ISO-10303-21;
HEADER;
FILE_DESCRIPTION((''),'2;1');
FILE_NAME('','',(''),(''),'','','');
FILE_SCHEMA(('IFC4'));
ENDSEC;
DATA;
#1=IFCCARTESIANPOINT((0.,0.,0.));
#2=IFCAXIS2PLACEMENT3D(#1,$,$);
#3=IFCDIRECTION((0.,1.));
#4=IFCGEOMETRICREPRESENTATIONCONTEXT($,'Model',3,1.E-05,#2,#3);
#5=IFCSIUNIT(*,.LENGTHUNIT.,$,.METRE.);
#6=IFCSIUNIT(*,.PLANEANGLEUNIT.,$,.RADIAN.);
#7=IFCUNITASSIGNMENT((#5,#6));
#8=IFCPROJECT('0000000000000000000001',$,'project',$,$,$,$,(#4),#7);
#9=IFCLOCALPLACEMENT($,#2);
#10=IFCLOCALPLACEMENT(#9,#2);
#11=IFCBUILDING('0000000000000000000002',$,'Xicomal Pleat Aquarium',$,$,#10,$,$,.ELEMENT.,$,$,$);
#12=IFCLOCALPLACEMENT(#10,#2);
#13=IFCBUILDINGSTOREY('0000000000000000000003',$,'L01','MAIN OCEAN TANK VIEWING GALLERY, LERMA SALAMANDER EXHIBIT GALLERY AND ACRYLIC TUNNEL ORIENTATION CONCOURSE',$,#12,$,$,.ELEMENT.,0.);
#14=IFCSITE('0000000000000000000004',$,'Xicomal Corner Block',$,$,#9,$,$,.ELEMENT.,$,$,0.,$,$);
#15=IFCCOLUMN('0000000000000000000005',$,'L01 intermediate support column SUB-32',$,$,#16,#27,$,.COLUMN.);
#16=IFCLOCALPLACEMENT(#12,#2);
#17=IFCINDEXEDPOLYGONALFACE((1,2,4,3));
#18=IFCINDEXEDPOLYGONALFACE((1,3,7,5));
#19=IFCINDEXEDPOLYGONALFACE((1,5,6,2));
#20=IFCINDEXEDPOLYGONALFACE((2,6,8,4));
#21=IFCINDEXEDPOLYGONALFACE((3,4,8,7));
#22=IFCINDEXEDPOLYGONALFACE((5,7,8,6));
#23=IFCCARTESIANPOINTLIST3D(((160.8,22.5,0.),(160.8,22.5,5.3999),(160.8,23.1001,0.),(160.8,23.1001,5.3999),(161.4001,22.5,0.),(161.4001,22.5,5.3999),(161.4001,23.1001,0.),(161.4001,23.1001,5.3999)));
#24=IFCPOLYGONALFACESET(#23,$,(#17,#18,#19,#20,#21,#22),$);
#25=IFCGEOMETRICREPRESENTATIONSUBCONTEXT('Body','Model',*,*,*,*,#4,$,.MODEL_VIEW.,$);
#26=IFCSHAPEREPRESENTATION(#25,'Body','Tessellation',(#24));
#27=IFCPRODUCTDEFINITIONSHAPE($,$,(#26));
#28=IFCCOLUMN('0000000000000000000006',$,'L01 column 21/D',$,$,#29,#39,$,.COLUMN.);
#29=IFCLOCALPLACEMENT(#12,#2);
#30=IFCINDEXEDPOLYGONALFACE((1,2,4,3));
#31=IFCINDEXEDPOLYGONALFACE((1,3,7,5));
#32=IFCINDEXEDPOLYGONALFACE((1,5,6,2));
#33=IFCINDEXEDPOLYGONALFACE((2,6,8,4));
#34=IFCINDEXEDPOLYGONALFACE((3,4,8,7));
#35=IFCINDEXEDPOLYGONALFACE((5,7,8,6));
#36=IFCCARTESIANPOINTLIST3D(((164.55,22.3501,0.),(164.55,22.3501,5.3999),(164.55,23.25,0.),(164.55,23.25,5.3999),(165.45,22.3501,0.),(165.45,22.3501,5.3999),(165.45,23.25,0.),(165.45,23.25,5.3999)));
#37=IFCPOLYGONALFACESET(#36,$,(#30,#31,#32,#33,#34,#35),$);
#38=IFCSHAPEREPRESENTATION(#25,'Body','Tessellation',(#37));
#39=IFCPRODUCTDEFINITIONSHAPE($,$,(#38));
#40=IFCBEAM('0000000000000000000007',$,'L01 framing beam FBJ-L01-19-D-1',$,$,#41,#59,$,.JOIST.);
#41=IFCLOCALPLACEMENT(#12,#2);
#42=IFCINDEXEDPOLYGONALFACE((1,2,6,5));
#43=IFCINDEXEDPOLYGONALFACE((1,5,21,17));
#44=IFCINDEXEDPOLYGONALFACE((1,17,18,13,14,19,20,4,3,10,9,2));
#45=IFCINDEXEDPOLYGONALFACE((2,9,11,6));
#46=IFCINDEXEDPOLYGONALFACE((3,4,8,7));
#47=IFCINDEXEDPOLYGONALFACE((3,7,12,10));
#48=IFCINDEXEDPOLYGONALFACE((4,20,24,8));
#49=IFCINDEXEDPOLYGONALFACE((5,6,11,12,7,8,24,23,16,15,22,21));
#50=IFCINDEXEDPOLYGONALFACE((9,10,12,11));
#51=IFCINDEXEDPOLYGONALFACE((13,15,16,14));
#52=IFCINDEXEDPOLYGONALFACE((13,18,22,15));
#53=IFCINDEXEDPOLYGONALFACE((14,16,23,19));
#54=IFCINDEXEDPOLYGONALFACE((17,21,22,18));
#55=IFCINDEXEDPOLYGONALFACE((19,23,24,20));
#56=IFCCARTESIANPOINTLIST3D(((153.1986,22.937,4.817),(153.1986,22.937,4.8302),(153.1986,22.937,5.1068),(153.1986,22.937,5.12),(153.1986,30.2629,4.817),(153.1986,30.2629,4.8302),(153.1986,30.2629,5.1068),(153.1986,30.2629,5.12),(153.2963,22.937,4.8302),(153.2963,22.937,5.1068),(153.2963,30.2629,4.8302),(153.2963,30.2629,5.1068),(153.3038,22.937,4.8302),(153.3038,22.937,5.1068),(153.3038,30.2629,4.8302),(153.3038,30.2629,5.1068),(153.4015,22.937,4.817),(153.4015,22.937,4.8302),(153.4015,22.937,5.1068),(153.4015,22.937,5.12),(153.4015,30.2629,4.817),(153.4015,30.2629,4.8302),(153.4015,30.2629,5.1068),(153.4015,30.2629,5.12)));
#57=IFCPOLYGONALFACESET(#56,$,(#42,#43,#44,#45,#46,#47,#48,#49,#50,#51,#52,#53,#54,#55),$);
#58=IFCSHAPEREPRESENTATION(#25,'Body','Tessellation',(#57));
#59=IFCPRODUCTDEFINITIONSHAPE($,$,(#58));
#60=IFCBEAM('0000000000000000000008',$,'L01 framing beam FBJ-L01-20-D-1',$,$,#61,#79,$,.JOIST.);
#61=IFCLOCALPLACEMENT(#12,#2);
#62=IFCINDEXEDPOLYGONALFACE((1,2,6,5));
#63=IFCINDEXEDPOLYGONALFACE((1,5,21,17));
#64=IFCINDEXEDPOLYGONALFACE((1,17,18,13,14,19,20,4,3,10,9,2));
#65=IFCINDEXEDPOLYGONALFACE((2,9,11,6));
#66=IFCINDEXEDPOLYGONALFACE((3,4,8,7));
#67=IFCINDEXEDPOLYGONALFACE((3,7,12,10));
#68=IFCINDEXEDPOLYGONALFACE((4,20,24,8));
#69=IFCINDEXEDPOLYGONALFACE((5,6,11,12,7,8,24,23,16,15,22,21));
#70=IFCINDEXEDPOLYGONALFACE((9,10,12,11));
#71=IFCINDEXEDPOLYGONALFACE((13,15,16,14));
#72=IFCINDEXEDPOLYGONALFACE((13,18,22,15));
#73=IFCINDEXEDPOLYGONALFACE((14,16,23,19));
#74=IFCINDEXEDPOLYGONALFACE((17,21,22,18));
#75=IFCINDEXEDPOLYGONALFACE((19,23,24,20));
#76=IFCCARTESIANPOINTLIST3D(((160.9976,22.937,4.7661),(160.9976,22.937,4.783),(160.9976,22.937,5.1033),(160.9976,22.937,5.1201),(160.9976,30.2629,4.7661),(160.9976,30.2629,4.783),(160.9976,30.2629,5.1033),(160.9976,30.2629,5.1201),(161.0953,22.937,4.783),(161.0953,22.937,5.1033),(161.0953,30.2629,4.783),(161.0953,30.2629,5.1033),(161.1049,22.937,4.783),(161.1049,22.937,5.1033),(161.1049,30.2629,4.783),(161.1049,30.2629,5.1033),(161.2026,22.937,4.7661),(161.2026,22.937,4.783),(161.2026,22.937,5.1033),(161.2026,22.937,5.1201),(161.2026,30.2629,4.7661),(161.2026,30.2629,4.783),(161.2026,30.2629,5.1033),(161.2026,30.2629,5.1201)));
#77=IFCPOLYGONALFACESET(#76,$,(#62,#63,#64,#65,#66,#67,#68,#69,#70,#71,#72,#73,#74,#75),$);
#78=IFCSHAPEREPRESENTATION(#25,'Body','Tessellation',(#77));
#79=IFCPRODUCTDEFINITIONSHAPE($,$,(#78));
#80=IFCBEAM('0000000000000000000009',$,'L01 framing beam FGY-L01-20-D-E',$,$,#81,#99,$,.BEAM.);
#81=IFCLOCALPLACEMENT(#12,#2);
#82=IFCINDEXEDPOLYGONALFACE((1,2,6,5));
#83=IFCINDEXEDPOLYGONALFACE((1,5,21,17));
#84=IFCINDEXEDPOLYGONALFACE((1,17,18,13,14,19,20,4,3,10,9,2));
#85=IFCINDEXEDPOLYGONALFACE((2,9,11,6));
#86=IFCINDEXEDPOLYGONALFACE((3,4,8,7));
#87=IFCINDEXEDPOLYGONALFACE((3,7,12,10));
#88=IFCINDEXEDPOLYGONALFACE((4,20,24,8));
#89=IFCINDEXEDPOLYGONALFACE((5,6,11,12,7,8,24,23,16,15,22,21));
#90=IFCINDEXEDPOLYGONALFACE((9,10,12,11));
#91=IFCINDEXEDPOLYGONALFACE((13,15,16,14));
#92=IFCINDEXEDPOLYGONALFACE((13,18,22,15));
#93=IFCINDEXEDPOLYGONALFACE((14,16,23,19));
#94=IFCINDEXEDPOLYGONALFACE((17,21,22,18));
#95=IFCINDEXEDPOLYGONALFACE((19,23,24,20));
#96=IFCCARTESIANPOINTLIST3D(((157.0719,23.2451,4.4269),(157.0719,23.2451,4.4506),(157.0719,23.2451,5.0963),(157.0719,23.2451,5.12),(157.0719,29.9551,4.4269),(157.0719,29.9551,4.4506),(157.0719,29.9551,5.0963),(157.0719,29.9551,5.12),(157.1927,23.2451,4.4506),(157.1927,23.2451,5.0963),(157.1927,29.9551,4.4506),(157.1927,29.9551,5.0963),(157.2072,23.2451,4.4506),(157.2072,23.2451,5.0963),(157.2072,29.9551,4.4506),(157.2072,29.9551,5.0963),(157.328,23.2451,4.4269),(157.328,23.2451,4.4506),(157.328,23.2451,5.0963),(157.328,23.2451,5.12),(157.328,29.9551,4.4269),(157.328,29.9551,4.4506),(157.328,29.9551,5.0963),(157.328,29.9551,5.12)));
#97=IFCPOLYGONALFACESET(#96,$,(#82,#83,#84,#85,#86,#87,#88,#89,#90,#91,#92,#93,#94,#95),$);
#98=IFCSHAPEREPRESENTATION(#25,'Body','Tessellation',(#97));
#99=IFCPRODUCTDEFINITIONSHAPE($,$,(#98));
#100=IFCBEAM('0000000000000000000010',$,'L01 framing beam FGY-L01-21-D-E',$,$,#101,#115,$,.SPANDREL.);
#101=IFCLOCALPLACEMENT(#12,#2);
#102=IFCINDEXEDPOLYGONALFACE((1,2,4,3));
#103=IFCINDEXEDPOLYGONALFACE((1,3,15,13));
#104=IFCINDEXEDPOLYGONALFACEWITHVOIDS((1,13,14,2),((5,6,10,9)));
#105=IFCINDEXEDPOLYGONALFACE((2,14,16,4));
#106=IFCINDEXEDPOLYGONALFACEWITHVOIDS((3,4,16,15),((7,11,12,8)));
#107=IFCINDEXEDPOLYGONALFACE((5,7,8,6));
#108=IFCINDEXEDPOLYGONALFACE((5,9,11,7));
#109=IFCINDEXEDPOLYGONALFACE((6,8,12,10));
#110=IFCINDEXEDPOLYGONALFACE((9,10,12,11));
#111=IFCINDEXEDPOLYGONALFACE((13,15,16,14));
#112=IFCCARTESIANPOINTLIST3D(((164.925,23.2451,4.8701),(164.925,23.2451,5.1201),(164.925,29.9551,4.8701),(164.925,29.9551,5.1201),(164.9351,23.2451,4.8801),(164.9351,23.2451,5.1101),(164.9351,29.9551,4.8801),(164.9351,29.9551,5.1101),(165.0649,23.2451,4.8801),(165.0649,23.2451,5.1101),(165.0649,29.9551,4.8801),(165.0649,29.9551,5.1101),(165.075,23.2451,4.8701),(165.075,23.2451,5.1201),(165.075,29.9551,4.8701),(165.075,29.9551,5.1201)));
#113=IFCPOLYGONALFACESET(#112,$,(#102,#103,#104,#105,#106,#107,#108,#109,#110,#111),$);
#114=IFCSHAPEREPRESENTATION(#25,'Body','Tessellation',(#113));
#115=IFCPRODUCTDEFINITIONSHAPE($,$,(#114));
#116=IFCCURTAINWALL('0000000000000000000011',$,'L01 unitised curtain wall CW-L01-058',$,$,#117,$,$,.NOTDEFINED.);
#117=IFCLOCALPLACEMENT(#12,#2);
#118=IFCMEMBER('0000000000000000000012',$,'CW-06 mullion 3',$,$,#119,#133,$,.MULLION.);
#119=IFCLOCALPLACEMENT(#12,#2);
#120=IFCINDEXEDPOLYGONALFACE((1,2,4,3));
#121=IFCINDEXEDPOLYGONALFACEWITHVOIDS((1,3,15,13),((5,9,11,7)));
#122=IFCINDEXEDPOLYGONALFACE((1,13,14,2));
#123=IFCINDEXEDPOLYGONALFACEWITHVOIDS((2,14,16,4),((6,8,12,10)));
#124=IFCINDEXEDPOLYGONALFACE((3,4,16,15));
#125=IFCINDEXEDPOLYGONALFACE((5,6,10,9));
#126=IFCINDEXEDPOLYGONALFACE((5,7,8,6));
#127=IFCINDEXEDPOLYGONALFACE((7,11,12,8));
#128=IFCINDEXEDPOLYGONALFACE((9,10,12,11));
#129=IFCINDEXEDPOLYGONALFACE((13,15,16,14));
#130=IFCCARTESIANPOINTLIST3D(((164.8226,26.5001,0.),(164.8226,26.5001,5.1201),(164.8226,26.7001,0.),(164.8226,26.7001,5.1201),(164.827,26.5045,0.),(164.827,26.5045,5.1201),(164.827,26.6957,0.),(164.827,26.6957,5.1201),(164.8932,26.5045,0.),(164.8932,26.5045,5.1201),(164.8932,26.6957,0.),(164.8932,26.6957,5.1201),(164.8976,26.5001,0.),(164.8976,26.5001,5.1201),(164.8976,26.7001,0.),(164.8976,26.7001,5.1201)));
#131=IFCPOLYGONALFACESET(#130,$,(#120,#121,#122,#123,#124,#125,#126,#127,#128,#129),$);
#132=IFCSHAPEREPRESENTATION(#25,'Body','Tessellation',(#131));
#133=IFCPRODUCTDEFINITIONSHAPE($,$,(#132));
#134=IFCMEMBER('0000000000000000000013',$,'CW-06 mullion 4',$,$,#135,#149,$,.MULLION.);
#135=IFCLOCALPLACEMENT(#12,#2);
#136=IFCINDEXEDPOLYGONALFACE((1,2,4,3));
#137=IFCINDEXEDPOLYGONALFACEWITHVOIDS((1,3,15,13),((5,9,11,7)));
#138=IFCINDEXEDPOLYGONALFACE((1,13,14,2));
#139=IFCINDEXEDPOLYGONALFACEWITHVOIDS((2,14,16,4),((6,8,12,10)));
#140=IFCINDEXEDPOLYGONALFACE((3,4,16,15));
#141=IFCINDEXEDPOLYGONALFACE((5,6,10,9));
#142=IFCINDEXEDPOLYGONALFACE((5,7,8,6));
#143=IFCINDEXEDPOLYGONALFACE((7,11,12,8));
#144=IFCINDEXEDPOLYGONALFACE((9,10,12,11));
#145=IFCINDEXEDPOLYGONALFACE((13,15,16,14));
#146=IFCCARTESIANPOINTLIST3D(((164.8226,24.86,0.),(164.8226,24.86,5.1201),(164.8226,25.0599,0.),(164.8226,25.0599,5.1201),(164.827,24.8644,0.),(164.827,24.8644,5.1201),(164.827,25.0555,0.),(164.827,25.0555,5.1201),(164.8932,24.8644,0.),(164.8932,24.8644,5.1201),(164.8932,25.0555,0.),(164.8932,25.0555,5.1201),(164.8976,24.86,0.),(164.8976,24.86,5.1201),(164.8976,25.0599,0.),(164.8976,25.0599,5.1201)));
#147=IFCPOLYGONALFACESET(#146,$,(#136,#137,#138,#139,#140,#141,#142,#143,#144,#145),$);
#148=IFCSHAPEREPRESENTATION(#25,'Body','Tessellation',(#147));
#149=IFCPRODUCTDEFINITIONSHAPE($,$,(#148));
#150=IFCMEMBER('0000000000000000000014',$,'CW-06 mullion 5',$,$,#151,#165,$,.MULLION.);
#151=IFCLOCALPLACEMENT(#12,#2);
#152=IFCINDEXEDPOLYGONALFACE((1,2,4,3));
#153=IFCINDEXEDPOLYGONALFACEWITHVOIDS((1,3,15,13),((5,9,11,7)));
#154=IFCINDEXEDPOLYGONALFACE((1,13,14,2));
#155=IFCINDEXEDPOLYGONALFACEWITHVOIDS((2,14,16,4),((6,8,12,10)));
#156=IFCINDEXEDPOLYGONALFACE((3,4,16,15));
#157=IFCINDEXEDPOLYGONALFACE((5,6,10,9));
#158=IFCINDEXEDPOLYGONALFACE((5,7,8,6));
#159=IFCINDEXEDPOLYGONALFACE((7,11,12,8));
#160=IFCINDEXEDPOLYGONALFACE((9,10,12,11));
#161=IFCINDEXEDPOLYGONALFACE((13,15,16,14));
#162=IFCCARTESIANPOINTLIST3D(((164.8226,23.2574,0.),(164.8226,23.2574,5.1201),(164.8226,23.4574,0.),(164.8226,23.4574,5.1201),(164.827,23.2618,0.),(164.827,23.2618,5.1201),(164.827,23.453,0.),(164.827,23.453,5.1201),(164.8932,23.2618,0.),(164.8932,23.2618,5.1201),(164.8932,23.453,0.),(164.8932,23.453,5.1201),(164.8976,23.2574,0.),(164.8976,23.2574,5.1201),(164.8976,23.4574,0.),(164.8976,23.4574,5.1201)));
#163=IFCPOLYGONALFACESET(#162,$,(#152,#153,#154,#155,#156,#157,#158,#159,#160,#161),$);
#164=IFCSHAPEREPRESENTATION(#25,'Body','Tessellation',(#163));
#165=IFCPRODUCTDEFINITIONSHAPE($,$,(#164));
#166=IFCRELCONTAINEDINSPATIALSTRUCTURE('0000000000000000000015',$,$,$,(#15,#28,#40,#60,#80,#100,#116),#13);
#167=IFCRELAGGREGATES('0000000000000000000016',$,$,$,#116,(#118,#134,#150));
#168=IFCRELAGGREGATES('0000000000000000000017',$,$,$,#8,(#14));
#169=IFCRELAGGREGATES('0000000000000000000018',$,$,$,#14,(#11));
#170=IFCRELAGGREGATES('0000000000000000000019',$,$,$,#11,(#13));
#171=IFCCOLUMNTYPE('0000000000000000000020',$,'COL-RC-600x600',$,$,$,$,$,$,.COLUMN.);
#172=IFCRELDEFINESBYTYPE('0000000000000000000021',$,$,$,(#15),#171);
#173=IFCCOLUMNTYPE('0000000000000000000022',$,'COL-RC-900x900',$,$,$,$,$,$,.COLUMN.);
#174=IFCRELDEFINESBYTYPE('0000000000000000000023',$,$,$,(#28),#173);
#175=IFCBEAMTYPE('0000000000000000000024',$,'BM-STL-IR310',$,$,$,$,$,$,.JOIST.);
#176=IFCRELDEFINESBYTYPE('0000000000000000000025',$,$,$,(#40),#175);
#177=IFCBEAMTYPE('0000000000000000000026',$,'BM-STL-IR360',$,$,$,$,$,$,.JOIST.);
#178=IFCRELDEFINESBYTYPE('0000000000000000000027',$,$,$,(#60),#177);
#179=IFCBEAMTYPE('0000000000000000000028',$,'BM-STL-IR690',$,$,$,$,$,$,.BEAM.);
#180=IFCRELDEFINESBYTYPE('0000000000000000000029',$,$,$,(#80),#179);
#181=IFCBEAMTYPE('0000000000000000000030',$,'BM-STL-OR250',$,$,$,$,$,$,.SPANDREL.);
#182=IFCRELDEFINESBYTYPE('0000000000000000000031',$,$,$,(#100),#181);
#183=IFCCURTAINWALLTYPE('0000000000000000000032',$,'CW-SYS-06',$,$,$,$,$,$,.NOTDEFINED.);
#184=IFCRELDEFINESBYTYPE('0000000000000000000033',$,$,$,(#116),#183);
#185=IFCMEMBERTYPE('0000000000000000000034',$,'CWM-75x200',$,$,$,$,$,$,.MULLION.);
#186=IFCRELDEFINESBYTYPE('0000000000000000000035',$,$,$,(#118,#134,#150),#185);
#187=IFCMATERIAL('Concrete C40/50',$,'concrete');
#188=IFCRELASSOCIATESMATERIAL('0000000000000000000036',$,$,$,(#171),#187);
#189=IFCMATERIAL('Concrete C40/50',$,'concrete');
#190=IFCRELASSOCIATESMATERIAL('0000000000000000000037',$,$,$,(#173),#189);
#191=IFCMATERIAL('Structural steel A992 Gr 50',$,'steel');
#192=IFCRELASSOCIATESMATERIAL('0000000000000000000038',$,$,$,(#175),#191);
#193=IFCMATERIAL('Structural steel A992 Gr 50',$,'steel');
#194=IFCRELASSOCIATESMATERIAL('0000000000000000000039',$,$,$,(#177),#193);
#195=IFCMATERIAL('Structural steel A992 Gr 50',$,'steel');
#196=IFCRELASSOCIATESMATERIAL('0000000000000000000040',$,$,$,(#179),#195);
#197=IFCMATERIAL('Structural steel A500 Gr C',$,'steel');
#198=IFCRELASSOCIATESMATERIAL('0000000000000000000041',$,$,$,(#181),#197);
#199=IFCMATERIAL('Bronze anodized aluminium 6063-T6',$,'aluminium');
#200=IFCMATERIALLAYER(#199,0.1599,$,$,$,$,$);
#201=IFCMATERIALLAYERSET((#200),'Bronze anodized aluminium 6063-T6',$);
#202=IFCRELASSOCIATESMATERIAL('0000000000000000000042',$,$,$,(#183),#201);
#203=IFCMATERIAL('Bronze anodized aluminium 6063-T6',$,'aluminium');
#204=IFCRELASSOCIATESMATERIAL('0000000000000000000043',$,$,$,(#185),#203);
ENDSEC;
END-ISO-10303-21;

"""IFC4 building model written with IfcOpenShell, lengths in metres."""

from ifc_helpers import new_model, si_unit, direction, frame, origin, origin_2d, place, context, subcontext, project, spatial, rectangle, hollow_rectangle, i_section, extrude, material, layer, layer_set, material_profile, profile_set, type_object, element, aggregate, save


model = new_model("IFC4")

# Units and contexts
model_context = context("Model", 3, precision=1e-05, world=origin(), true_north=direction((0.0, 1.0)))
body_context = subcontext(model_context, "Body", "Model", "MODEL_VIEW")
ifc_project = project(units=[si_unit("LENGTHUNIT", "METRE"), si_unit("PLANEANGLEUNIT", "RADIAN")], contexts=[model_context])

# Site, building, storey
site_placement = place(None, origin())
site = spatial("IfcSite", under=ifc_project, at=site_placement, Name="Xicomal Corner Block", CompositionType="ELEMENT", RefElevation=0.0)
building_placement = place(site_placement, origin())
building = spatial("IfcBuilding", under=site, at=building_placement, Name="Xicomal Pleat Aquarium", CompositionType="ELEMENT")
storey_placement = place(building_placement, origin())
storey = spatial("IfcBuildingStorey", under=building, at=storey_placement, Name="L01", Description="MAIN OCEAN TANK VIEWING GALLERY, LERMA SALAMANDER EXHIBIT GALLERY AND ACRYLIC TUNNEL ORIENTATION CONCOURSE", CompositionType="ELEMENT", Elevation=0.0)

# Columns
ifc_material_1 = material(Name="Concrete C40/50", Category="concrete")
ifc_material_profile_1 = material_profile(ifc_material_1, rectangle(XDim=0.6001, YDim=0.6001, at=origin_2d()), Name="RC 600x600")
ifc_profile_set_1 = profile_set([ifc_material_profile_1], Name="Concrete C40/50")
column_type_1 = type_object("IfcColumnType", Name="COL-RC-600x600", PredefinedType="COLUMN", material=ifc_profile_set_1)
column_1_placement = place(storey_placement, frame((161.1001, 22.8, 0.0), z_axis=(0.0, 0.0, 1.0), x_axis=(1.0, 0.0, 0.0)))
element("IfcColumn", 1, at=column_1_placement, inside=storey, type_object=column_type_1, Name="L01 intermediate support column SUB-32", PredefinedType="COLUMN", context=body_context, shape_type="SweptSolid", body=[
    extrude(rectangle(XDim=0.6001, YDim=0.6001, at=origin_2d()), origin(), (0.0, 0.0, 1.0), 5.3999),
])
ifc_material_2 = material(Name="Concrete C40/50", Category="concrete")
ifc_material_profile_2 = material_profile(ifc_material_2, rectangle(XDim=0.8999, YDim=0.8999, at=origin_2d()), Name="RC 900x900")
ifc_profile_set_2 = profile_set([ifc_material_profile_2], Name="Concrete C40/50")
column_type_2 = type_object("IfcColumnType", Name="COL-RC-900x900", PredefinedType="COLUMN", material=ifc_profile_set_2)
column_2_placement = place(storey_placement, frame((165.0, 22.8, 0.0), z_axis=(0.0, 0.0, 1.0), x_axis=(1.0, 0.0, 0.0)))
element("IfcColumn", 2, at=column_2_placement, inside=storey, type_object=column_type_2, Name="L01 column 21/D", PredefinedType="COLUMN", context=body_context, shape_type="SweptSolid", body=[
    extrude(rectangle(XDim=0.8999, YDim=0.8999, at=origin_2d()), origin(), (0.0, 0.0, 1.0), 5.3999),
])

# Beams
ifc_material_3 = material(Name="Structural steel A992 Gr 50", Category="steel")
ifc_material_profile_3 = material_profile(ifc_material_3, i_section(OverallWidth=0.2029, OverallDepth=0.303, WebThickness=0.0076, FlangeThickness=0.0132, at=origin_2d()), Name="IR 310x60")
ifc_profile_set_3 = profile_set([ifc_material_profile_3], Name="Structural steel A992 Gr 50")
beam_type_1 = type_object("IfcBeamType", Name="BM-STL-IR310", PredefinedType="JOIST", material=ifc_profile_set_3)
beam_1_placement = place(storey_placement, frame((153.3, 22.937, 4.9685), z_axis=(0.0, 1.0, 0.0), x_axis=(-1.0, 0.0, 0.0)))
element("IfcBeam", 3, at=beam_1_placement, inside=storey, type_object=beam_type_1, Name="L01 framing beam FBJ-L01-19-D-1", PredefinedType="JOIST", context=body_context, shape_type="SweptSolid", body=[
    extrude(i_section(OverallWidth=0.2029, OverallDepth=0.303, WebThickness=0.0076, FlangeThickness=0.0132, at=origin_2d()), origin(), (0.0, 0.0, 1.0), 7.3259),
])
ifc_material_4 = material(Name="Structural steel A992 Gr 50", Category="steel")
ifc_material_profile_4 = material_profile(ifc_material_4, i_section(OverallWidth=0.2051, OverallDepth=0.354, WebThickness=0.0095, FlangeThickness=0.0168, at=origin_2d()), Name="IR 360x79")
ifc_profile_set_4 = profile_set([ifc_material_profile_4], Name="Structural steel A992 Gr 50")
beam_type_2 = type_object("IfcBeamType", Name="BM-STL-IR360", PredefinedType="JOIST", material=ifc_profile_set_4)
beam_2_placement = place(storey_placement, frame((161.1001, 22.937, 4.9431), z_axis=(0.0, 1.0, 0.0), x_axis=(-1.0, 0.0, 0.0)))
element("IfcBeam", 4, at=beam_2_placement, inside=storey, type_object=beam_type_2, Name="L01 framing beam FBJ-L01-20-D-1", PredefinedType="JOIST", context=body_context, shape_type="SweptSolid", body=[
    extrude(i_section(OverallWidth=0.2051, OverallDepth=0.354, WebThickness=0.0095, FlangeThickness=0.0168, at=origin_2d()), origin(), (0.0, 0.0, 1.0), 7.3259),
])
ifc_material_5 = material(Name="Structural steel A992 Gr 50", Category="steel")
ifc_material_profile_5 = material_profile(ifc_material_5, i_section(OverallWidth=0.2561, OverallDepth=0.6931, WebThickness=0.0144, FlangeThickness=0.0237, at=origin_2d()), Name="IR 690x170")
ifc_profile_set_5 = profile_set([ifc_material_profile_5], Name="Structural steel A992 Gr 50")
beam_type_3 = type_object("IfcBeamType", Name="BM-STL-IR690", PredefinedType="BEAM", material=ifc_profile_set_5)
beam_3_placement = place(storey_placement, frame((157.2, 23.2451, 4.7734), z_axis=(0.0, 1.0, 0.0), x_axis=(-1.0, 0.0, 0.0)))
element("IfcBeam", 5, at=beam_3_placement, inside=storey, type_object=beam_type_3, Name="L01 framing beam FGY-L01-20-D-E", PredefinedType="BEAM", context=body_context, shape_type="SweptSolid", body=[
    extrude(i_section(OverallWidth=0.2561, OverallDepth=0.6931, WebThickness=0.0144, FlangeThickness=0.0237, at=origin_2d()), origin(), (0.0, 0.0, 1.0), 6.71),
])
ifc_material_6 = material(Name="Structural steel A500 Gr C", Category="steel")
ifc_material_profile_6 = material_profile(ifc_material_6, hollow_rectangle(XDim=0.1499, YDim=0.25, WallThickness=0.01, at=origin_2d()), Name="OR 250x150x10")
ifc_profile_set_6 = profile_set([ifc_material_profile_6], Name="Structural steel A500 Gr C")
beam_type_4 = type_object("IfcBeamType", Name="BM-STL-OR250", PredefinedType="SPANDREL", material=ifc_profile_set_6)
beam_4_placement = place(storey_placement, frame((165.0, 23.2451, 4.9951), z_axis=(0.0, 1.0, 0.0), x_axis=(-1.0, 0.0, 0.0)))
element("IfcBeam", 6, at=beam_4_placement, inside=storey, type_object=beam_type_4, Name="L01 framing beam FGY-L01-21-D-E", PredefinedType="SPANDREL", context=body_context, shape_type="SweptSolid", body=[
    extrude(hollow_rectangle(XDim=0.1499, YDim=0.25, WallThickness=0.01, at=origin_2d()), origin(), (0.0, 0.0, 1.0), 6.71),
])

# Curtain wall, members
ifc_material_7 = material(Name="Bronze anodized aluminium 6063-T6", Category="aluminium")
ifc_layer_1 = layer(ifc_material_7, 0.1599)
ifc_layer_set_1 = layer_set([ifc_layer_1], Name="Bronze anodized aluminium 6063-T6")
curtain_wall_type = type_object("IfcCurtainWallType", Name="CW-SYS-06", PredefinedType="NOTDEFINED", material=ifc_layer_set_1)
curtain_wall_placement = place(storey_placement, origin())
curtain_wall = element("IfcCurtainWall", 7, at=curtain_wall_placement, inside=storey, type_object=curtain_wall_type, Name="L01 unitised curtain wall CW-L01-058", PredefinedType="NOTDEFINED")
ifc_material_8 = material(Name="Bronze anodized aluminium 6063-T6", Category="aluminium")
ifc_material_profile_7 = material_profile(ifc_material_8, hollow_rectangle(XDim=0.075, YDim=0.2, WallThickness=0.0044, at=origin_2d()), Name="ALU MULL 75x200")
ifc_profile_set_7 = profile_set([ifc_material_profile_7], Name="Bronze anodized aluminium 6063-T6")
member_type_1 = type_object("IfcMemberType", Name="CWM-75x200", PredefinedType="MULLION", material=ifc_profile_set_7)
member_1_placement = place(storey_placement, frame((164.8601, 26.6001, 0.0), z_axis=(0.0, 0.0, 1.0), x_axis=(1.0, 0.0, 0.0)))
member_1 = element("IfcMember", 8, at=member_1_placement, type_object=member_type_1, Name="CW-06 mullion 3", PredefinedType="MULLION", context=body_context, shape_type="SweptSolid", body=[
    extrude(hollow_rectangle(XDim=0.075, YDim=0.2, WallThickness=0.0044, at=origin_2d()), origin(), (0.0, 0.0, 1.0), 5.1201),
])
member_2_placement = place(storey_placement, frame((164.8601, 24.96, 0.0), z_axis=(0.0, 0.0, 1.0), x_axis=(1.0, 0.0, 0.0)))
member_2 = element("IfcMember", 9, at=member_2_placement, type_object=member_type_1, Name="CW-06 mullion 4", PredefinedType="MULLION", context=body_context, shape_type="SweptSolid", body=[
    extrude(hollow_rectangle(XDim=0.075, YDim=0.2, WallThickness=0.0044, at=origin_2d()), origin(), (0.0, 0.0, 1.0), 5.1201),
])
member_3_placement = place(storey_placement, frame((164.8601, 23.3574, 0.0), z_axis=(0.0, 0.0, 1.0), x_axis=(1.0, 0.0, 0.0)))
member_3 = element("IfcMember", 10, at=member_3_placement, type_object=member_type_1, Name="CW-06 mullion 5", PredefinedType="MULLION", context=body_context, shape_type="SweptSolid", body=[
    extrude(hollow_rectangle(XDim=0.075, YDim=0.2, WallThickness=0.0044, at=origin_2d()), origin(), (0.0, 0.0, 1.0), 5.1201),
])
aggregate(curtain_wall, [member_1, member_2, member_3])

save(model, "model.ifc")
